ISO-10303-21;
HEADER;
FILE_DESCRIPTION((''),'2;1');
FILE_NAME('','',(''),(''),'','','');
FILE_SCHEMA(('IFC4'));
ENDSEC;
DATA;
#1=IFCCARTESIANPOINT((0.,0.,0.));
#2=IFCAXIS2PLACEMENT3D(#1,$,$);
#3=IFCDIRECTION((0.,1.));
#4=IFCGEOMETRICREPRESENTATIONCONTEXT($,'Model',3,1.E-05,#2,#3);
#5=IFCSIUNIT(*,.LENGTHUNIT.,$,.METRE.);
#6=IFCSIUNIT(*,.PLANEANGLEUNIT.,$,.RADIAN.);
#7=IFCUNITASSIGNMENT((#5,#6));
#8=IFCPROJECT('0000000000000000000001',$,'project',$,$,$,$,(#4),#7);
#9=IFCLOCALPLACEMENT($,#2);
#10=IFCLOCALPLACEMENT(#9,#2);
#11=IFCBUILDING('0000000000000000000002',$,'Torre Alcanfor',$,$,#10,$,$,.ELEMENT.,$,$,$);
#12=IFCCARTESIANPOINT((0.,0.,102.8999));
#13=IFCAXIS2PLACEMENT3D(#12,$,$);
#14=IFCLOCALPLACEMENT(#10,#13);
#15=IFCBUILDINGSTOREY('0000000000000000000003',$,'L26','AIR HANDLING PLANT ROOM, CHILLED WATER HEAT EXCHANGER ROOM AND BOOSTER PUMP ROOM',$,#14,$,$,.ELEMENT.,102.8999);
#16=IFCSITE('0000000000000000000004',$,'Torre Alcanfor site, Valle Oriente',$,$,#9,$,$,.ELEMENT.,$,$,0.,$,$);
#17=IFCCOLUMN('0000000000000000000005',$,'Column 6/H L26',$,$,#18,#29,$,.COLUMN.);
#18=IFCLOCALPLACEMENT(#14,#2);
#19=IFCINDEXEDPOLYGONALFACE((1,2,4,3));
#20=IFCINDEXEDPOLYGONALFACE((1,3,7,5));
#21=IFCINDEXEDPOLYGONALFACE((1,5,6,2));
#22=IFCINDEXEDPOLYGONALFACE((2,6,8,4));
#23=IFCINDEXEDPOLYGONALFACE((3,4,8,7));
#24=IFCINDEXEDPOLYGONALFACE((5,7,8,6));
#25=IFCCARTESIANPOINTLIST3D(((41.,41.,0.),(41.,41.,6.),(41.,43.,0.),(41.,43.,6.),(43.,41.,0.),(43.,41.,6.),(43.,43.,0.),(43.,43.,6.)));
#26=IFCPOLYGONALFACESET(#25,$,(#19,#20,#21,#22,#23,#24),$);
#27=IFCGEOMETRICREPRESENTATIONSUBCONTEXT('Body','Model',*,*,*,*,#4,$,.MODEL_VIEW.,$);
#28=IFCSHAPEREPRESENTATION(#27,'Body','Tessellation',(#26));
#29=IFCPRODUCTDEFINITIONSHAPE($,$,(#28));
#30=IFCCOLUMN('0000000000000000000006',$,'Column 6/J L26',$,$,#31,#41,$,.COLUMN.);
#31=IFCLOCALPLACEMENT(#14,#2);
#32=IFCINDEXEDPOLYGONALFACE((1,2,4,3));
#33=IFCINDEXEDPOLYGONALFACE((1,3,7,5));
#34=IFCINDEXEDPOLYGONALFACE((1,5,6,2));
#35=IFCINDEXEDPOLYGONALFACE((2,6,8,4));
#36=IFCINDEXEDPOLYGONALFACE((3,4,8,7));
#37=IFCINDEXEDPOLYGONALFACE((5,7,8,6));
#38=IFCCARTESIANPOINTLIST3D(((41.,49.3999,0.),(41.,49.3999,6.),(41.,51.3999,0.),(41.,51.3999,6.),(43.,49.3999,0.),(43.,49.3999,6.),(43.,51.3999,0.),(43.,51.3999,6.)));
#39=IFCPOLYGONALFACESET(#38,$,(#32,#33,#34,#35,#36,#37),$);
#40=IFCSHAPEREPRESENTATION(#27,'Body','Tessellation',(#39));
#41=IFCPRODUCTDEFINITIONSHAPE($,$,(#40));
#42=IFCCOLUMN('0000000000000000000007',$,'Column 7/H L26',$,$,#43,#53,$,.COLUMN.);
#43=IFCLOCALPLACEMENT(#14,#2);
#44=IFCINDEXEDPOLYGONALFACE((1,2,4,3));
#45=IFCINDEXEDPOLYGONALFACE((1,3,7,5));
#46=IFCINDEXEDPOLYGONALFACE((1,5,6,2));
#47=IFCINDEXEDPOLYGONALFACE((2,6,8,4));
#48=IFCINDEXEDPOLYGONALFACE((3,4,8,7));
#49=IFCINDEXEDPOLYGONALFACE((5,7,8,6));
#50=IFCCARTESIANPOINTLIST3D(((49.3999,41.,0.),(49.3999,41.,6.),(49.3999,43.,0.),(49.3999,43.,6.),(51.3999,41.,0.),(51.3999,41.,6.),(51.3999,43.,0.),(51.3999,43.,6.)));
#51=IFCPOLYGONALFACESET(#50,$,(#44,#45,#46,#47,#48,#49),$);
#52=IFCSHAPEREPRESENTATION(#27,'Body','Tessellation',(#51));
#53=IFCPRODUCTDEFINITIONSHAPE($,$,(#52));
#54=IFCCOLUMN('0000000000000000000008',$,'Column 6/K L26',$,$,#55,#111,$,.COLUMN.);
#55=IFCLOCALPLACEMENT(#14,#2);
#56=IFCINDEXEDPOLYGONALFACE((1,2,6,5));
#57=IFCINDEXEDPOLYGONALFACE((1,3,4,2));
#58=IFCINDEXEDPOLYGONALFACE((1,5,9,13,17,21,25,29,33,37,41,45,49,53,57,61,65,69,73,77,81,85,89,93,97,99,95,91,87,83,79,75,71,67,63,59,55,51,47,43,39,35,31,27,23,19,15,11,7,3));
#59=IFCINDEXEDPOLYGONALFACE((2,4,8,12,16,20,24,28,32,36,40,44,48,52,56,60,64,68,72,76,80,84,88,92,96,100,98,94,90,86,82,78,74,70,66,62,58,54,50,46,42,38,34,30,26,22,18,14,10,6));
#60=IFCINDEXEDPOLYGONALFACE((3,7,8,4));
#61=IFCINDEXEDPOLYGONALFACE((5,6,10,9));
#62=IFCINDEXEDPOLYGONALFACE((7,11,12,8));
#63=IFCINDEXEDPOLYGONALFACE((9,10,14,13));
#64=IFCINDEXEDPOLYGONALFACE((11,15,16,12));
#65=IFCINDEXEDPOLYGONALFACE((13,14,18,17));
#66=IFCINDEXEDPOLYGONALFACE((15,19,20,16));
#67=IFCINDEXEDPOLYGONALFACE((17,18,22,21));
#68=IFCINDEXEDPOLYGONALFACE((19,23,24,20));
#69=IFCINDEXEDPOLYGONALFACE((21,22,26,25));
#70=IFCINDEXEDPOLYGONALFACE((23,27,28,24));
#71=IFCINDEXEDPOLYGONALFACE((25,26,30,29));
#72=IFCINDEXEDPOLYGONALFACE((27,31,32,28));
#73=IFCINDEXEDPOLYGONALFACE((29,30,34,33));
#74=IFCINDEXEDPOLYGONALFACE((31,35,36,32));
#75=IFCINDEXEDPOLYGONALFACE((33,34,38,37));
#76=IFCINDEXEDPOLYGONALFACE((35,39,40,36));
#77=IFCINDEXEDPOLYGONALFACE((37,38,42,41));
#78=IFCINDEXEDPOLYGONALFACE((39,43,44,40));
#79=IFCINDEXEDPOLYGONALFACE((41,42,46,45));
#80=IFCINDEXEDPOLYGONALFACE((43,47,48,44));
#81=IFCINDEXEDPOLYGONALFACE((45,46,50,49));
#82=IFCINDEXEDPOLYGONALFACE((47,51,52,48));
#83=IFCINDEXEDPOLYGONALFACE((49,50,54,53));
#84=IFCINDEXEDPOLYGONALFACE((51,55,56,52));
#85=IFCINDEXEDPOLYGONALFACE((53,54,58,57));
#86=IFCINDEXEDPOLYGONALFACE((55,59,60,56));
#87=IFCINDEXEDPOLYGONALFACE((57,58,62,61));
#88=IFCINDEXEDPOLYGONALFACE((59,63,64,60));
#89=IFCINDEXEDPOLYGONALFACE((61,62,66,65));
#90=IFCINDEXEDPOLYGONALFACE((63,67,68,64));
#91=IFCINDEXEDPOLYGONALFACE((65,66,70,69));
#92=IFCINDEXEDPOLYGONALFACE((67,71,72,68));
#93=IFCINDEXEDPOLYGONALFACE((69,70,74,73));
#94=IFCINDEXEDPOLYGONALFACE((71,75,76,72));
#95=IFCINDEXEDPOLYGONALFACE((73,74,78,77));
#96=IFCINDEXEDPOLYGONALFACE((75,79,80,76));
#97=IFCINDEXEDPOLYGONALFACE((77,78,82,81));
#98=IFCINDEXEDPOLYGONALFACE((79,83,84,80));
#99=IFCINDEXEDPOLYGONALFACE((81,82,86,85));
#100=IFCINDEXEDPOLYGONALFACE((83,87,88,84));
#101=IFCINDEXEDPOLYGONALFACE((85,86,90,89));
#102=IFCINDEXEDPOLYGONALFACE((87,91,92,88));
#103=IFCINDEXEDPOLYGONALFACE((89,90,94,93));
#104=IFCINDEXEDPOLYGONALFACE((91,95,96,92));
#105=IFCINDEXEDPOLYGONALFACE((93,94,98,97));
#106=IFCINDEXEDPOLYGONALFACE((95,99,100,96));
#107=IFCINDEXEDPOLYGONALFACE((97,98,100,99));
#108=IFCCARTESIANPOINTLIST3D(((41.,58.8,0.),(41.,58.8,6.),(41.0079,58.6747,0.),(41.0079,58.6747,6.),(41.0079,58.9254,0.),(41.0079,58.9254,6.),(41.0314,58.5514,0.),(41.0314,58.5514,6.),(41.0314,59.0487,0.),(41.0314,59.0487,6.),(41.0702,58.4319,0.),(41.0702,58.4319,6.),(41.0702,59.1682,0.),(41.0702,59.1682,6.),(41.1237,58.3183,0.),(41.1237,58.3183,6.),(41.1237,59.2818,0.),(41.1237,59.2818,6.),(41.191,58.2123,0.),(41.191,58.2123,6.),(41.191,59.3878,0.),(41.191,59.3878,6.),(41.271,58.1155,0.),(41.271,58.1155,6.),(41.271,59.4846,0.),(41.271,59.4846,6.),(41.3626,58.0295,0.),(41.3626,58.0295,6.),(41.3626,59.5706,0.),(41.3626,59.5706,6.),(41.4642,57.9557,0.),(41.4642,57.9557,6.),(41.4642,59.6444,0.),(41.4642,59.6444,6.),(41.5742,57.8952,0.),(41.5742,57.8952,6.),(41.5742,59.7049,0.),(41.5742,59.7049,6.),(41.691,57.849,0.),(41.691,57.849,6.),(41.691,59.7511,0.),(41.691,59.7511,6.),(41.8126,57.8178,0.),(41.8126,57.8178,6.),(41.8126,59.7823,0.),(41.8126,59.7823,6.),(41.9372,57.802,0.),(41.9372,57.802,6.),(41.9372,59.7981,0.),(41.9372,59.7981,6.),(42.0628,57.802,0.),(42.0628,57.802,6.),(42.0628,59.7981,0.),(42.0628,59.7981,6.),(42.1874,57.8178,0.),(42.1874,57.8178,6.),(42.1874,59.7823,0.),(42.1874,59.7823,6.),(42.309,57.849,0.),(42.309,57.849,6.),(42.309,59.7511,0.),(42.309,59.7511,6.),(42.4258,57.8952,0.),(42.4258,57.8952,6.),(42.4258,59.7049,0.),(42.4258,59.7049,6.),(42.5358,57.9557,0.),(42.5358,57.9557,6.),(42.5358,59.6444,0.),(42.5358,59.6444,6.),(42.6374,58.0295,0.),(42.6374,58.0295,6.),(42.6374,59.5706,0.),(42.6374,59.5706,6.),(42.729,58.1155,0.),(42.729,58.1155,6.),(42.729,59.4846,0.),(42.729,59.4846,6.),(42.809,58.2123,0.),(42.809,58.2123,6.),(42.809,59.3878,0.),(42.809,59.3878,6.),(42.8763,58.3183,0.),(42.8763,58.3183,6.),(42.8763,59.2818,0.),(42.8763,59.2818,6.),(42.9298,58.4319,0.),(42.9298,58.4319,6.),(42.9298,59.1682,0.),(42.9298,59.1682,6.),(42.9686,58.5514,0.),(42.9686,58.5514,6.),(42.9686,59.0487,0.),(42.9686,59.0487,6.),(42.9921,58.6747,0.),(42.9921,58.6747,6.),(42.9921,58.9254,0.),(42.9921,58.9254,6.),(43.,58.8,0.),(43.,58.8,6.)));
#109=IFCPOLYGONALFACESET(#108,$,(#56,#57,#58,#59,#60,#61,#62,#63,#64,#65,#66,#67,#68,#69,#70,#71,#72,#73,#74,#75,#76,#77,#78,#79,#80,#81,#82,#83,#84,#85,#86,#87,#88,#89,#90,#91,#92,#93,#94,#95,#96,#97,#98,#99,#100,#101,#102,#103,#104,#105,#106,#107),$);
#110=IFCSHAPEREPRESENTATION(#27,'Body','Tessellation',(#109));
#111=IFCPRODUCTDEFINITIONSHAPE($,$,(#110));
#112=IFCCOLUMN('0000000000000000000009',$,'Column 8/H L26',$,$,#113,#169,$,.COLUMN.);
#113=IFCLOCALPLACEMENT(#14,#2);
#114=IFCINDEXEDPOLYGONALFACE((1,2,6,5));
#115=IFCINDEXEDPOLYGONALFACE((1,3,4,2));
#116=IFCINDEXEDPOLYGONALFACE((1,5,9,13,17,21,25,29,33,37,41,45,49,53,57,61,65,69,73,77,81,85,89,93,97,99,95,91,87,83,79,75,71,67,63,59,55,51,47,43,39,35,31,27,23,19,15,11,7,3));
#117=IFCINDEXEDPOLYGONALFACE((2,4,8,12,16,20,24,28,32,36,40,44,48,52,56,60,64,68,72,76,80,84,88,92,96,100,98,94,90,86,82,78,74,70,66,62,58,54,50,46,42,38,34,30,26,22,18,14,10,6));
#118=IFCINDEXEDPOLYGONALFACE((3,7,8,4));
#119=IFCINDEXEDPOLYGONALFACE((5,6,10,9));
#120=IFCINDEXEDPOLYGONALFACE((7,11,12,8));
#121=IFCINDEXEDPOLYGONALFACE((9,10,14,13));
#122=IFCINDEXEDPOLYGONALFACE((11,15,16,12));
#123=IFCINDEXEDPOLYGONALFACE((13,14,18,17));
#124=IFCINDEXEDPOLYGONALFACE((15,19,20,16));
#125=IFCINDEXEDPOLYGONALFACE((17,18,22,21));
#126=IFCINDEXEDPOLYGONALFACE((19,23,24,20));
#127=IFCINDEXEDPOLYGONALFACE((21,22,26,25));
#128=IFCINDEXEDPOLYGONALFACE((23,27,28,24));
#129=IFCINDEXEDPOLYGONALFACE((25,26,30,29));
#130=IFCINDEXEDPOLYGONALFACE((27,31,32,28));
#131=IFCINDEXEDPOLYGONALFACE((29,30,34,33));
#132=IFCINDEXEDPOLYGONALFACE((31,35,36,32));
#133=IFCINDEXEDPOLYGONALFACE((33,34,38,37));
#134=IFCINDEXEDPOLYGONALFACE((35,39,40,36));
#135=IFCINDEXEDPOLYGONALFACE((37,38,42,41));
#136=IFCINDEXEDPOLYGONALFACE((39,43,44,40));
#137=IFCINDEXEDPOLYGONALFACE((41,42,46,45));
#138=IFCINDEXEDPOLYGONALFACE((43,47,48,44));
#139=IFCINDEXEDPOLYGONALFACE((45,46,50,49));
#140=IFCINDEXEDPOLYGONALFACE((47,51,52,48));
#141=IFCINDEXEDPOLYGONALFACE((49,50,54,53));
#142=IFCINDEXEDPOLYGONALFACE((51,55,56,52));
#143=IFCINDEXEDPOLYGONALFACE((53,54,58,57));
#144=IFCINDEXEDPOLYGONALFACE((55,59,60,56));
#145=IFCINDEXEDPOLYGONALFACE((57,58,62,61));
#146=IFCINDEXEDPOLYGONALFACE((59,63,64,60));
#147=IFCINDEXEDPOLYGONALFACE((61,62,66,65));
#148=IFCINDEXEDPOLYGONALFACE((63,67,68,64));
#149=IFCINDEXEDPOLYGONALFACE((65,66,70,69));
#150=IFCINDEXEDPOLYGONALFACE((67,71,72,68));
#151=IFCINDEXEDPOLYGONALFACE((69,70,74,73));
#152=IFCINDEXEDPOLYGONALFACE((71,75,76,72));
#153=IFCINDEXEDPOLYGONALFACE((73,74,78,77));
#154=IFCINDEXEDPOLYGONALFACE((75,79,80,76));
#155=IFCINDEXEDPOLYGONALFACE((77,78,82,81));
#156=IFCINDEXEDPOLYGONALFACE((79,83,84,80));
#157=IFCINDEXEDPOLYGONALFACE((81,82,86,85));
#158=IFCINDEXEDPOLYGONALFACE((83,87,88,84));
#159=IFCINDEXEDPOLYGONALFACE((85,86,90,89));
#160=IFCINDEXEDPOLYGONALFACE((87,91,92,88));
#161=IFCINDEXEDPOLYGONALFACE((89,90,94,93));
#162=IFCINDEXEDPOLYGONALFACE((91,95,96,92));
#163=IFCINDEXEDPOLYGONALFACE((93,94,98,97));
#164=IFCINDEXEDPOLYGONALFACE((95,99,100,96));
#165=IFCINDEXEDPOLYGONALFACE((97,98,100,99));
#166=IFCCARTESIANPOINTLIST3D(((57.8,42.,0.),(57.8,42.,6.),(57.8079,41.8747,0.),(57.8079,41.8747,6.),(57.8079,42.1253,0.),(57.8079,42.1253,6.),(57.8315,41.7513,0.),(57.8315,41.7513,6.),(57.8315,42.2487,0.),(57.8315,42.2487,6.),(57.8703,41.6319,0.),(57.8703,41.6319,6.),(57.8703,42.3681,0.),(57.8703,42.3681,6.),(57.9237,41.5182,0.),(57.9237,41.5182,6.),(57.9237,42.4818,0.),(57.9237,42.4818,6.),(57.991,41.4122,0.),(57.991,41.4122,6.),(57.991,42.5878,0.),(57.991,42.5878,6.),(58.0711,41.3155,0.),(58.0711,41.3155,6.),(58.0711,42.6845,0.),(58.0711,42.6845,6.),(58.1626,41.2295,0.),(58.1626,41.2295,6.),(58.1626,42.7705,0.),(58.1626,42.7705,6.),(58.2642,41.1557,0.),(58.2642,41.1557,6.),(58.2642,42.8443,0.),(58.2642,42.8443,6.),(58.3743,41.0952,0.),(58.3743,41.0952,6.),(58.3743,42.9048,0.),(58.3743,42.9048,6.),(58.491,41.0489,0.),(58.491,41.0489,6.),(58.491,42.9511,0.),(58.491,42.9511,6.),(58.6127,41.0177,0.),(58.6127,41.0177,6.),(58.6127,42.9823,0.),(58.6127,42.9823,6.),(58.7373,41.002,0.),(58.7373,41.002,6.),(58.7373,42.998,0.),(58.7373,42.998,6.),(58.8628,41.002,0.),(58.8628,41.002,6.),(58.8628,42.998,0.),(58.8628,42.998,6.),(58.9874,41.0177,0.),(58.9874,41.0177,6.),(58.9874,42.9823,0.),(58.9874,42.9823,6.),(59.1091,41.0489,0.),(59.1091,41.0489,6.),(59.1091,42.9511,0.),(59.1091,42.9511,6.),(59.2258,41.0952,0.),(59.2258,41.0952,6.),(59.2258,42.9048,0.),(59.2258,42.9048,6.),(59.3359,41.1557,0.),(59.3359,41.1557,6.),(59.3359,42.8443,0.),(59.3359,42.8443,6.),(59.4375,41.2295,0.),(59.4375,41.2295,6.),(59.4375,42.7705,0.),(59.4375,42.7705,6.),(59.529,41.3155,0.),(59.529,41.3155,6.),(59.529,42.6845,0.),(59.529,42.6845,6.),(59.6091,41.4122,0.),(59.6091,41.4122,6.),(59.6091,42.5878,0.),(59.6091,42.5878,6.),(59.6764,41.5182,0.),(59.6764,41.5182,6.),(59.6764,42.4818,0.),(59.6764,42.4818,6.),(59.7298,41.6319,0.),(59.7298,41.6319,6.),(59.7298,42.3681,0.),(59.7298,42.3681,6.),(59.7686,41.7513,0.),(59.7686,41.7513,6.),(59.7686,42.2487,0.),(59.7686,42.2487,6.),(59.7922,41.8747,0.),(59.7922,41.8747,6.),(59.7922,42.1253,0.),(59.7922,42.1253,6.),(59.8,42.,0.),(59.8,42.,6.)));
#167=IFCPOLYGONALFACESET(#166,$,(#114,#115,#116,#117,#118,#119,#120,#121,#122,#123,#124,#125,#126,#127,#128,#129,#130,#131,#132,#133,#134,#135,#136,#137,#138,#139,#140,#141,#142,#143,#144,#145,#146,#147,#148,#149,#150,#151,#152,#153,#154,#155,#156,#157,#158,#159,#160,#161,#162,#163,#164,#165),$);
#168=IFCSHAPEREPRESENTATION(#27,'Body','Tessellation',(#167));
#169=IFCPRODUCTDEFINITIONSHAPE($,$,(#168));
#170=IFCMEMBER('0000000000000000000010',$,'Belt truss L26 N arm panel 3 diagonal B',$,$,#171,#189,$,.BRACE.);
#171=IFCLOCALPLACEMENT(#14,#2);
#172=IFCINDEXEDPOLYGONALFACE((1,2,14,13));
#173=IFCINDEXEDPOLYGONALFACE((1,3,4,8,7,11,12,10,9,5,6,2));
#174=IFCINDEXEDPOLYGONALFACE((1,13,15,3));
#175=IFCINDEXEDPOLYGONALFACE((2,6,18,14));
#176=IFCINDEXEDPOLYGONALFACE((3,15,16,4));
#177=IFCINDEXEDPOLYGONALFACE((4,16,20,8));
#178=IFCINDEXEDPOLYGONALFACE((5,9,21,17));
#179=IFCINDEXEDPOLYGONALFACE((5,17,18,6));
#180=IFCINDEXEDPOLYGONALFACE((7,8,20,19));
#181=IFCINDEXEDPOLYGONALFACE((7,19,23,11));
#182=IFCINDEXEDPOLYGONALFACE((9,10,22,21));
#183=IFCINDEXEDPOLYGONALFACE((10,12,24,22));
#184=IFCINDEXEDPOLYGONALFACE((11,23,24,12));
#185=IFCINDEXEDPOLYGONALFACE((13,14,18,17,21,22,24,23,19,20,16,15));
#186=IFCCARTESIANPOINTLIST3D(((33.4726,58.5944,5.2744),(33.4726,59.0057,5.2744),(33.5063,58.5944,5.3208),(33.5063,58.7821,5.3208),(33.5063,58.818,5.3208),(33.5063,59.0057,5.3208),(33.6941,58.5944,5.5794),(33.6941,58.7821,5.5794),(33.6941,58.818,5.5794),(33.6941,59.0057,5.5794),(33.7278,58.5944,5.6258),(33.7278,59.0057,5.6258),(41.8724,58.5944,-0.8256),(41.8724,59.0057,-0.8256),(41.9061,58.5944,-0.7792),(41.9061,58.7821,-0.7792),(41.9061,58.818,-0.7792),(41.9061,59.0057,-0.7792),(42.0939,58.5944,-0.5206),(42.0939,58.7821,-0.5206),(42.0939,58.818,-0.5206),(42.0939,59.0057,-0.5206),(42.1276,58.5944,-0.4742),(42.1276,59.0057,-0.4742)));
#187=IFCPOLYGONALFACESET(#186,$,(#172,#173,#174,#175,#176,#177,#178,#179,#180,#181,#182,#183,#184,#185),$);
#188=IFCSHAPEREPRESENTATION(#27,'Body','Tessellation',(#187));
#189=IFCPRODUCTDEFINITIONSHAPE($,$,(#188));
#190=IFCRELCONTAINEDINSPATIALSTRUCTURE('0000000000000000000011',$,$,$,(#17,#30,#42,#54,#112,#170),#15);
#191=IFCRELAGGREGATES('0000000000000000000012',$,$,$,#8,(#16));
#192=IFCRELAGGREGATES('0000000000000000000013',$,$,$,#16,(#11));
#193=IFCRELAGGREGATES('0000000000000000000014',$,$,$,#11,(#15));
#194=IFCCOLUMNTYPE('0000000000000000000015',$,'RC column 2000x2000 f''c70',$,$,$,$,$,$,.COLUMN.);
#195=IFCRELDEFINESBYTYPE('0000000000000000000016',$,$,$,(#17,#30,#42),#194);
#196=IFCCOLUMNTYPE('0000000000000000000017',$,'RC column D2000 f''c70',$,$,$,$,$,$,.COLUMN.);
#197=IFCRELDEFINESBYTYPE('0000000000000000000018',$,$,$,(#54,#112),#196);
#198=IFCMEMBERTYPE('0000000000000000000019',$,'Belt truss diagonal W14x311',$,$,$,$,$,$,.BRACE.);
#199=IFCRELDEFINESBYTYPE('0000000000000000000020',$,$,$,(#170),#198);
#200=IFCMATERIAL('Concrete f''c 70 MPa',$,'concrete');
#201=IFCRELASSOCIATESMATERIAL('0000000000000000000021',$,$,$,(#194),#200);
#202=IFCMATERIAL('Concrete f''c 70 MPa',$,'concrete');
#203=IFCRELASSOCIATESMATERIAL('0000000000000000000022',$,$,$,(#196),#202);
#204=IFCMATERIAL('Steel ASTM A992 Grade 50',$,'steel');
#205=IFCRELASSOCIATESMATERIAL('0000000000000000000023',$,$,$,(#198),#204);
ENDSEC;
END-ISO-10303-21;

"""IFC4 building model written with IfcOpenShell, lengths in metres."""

from ifc_helpers import new_model, si_unit, direction, frame, origin, origin_2d, place, context, subcontext, project, spatial, rectangle, circle, i_section, extrude, material, material_profile, profile_set, type_object, element, save


model = new_model("IFC4")

# Units and contexts
model_context = context("Model", 3, precision=1e-05, world=origin(), true_north=direction((0.0, 1.0)))
body_context = subcontext(model_context, "Body", "Model", "MODEL_VIEW")
ifc_project = project(units=[si_unit("LENGTHUNIT", "METRE"), si_unit("PLANEANGLEUNIT", "RADIAN")], contexts=[model_context])

# Site, building, storey
site_placement = place(None, origin())
site = spatial("IfcSite", under=ifc_project, at=site_placement, Name="Torre Alcanfor site, Valle Oriente", CompositionType="ELEMENT", RefElevation=0.0)
building_placement = place(site_placement, origin())
building = spatial("IfcBuilding", under=site, at=building_placement, Name="Torre Alcanfor", CompositionType="ELEMENT")
storey_placement = place(building_placement, frame((0.0, 0.0, 102.8999)))
storey = spatial("IfcBuildingStorey", under=building, at=storey_placement, Name="L26", Description="AIR HANDLING PLANT ROOM, CHILLED WATER HEAT EXCHANGER ROOM AND BOOSTER PUMP ROOM", CompositionType="ELEMENT", Elevation=102.8999)

# Columns
ifc_material_1 = material(Name="Concrete f'c 70 MPa", Category="concrete")
ifc_material_profile_1 = material_profile(ifc_material_1, rectangle(XDim=2.0, YDim=2.0, at=origin_2d()), Name="2000x2000")
ifc_profile_set_1 = profile_set([ifc_material_profile_1], Name="Concrete f'c 70 MPa")
column_type_1 = type_object("IfcColumnType", Name="RC column 2000x2000 f'c70", PredefinedType="COLUMN", material=ifc_profile_set_1)
for number, where, z_axis, x_axis, name in (
    (1, (42.0, 42.0, 0.0), (0.0, 0.0, 1.0), (1.0, 0.0, 0.0), "Column 6/H L26"),
    (2, (42.0, 50.3999, 0.0), (0.0, 0.0, 1.0), (1.0, 0.0, 0.0), "Column 6/J L26"),
    (3, (50.3999, 42.0, 0.0), (0.0, 0.0, 1.0), (1.0, 0.0, 0.0), "Column 7/H L26"),
):
    element("IfcColumn", number, at=place(storey_placement, frame(where, z_axis=z_axis, x_axis=x_axis)), inside=storey, type_object=column_type_1, Name=name, PredefinedType="COLUMN", context=body_context, shape_type="SweptSolid", body=[
        extrude(rectangle(XDim=2.0, YDim=2.0, at=origin_2d()), origin(), (0.0, 0.0, 1.0), 6.0),
    ])
ifc_material_2 = material(Name="Concrete f'c 70 MPa", Category="concrete")
ifc_material_profile_2 = material_profile(ifc_material_2, circle(Radius=1.0, at=origin_2d()), Name="D2000")
ifc_profile_set_2 = profile_set([ifc_material_profile_2], Name="Concrete f'c 70 MPa")
column_type_2 = type_object("IfcColumnType", Name="RC column D2000 f'c70", PredefinedType="COLUMN", material=ifc_profile_set_2)
for number, where, z_axis, x_axis, name in (
    (4, (42.0, 58.8, 0.0), (0.0, 0.0, 1.0), (1.0, 0.0, 0.0), "Column 6/K L26"),
    (5, (58.8, 42.0, 0.0), (0.0, 0.0, 1.0), (1.0, 0.0, 0.0), "Column 8/H L26"),
):
    element("IfcColumn", number, at=place(storey_placement, frame(where, z_axis=z_axis, x_axis=x_axis)), inside=storey, type_object=column_type_2, Name=name, PredefinedType="COLUMN", context=body_context, shape_type="SweptSolid", body=[
        extrude(circle(Radius=1.0, at=origin_2d()), origin(), (0.0, 0.0, 1.0), 6.0),
    ])

# Member
ifc_material_3 = material(Name="Steel ASTM A992 Grade 50", Category="steel")
ifc_material_profile_3 = material_profile(ifc_material_3, i_section(OverallWidth=0.4114, OverallDepth=0.4343, WebThickness=0.0359, FlangeThickness=0.0574, at=origin_2d()), Name="W14x311")
ifc_profile_set_3 = profile_set([ifc_material_profile_3], Name="Steel ASTM A992 Grade 50")
member_type_1 = type_object("IfcMemberType", Name="Belt truss diagonal W14x311", PredefinedType="BRACE", material=ifc_profile_set_3)
for number, where, z_axis, x_axis, name in (
    (6, (42.0, 58.8, -0.6499), (-0.809145, 0.0, 0.587609), (0.0, -1.0, 0.0), "Belt truss L26 N arm panel 3 diagonal B"),
):
    element("IfcMember", number, at=place(storey_placement, frame(where, z_axis=z_axis, x_axis=x_axis)), inside=storey, type_object=member_type_1, Name=name, PredefinedType="BRACE", context=body_context, shape_type="SweptSolid", body=[
        extrude(i_section(OverallWidth=0.4114, OverallDepth=0.4343, WebThickness=0.0359, FlangeThickness=0.0574, at=origin_2d()), origin(), (0.0, 0.0, 1.0), 10.3811),
    ])

save(model, "model.ifc")
